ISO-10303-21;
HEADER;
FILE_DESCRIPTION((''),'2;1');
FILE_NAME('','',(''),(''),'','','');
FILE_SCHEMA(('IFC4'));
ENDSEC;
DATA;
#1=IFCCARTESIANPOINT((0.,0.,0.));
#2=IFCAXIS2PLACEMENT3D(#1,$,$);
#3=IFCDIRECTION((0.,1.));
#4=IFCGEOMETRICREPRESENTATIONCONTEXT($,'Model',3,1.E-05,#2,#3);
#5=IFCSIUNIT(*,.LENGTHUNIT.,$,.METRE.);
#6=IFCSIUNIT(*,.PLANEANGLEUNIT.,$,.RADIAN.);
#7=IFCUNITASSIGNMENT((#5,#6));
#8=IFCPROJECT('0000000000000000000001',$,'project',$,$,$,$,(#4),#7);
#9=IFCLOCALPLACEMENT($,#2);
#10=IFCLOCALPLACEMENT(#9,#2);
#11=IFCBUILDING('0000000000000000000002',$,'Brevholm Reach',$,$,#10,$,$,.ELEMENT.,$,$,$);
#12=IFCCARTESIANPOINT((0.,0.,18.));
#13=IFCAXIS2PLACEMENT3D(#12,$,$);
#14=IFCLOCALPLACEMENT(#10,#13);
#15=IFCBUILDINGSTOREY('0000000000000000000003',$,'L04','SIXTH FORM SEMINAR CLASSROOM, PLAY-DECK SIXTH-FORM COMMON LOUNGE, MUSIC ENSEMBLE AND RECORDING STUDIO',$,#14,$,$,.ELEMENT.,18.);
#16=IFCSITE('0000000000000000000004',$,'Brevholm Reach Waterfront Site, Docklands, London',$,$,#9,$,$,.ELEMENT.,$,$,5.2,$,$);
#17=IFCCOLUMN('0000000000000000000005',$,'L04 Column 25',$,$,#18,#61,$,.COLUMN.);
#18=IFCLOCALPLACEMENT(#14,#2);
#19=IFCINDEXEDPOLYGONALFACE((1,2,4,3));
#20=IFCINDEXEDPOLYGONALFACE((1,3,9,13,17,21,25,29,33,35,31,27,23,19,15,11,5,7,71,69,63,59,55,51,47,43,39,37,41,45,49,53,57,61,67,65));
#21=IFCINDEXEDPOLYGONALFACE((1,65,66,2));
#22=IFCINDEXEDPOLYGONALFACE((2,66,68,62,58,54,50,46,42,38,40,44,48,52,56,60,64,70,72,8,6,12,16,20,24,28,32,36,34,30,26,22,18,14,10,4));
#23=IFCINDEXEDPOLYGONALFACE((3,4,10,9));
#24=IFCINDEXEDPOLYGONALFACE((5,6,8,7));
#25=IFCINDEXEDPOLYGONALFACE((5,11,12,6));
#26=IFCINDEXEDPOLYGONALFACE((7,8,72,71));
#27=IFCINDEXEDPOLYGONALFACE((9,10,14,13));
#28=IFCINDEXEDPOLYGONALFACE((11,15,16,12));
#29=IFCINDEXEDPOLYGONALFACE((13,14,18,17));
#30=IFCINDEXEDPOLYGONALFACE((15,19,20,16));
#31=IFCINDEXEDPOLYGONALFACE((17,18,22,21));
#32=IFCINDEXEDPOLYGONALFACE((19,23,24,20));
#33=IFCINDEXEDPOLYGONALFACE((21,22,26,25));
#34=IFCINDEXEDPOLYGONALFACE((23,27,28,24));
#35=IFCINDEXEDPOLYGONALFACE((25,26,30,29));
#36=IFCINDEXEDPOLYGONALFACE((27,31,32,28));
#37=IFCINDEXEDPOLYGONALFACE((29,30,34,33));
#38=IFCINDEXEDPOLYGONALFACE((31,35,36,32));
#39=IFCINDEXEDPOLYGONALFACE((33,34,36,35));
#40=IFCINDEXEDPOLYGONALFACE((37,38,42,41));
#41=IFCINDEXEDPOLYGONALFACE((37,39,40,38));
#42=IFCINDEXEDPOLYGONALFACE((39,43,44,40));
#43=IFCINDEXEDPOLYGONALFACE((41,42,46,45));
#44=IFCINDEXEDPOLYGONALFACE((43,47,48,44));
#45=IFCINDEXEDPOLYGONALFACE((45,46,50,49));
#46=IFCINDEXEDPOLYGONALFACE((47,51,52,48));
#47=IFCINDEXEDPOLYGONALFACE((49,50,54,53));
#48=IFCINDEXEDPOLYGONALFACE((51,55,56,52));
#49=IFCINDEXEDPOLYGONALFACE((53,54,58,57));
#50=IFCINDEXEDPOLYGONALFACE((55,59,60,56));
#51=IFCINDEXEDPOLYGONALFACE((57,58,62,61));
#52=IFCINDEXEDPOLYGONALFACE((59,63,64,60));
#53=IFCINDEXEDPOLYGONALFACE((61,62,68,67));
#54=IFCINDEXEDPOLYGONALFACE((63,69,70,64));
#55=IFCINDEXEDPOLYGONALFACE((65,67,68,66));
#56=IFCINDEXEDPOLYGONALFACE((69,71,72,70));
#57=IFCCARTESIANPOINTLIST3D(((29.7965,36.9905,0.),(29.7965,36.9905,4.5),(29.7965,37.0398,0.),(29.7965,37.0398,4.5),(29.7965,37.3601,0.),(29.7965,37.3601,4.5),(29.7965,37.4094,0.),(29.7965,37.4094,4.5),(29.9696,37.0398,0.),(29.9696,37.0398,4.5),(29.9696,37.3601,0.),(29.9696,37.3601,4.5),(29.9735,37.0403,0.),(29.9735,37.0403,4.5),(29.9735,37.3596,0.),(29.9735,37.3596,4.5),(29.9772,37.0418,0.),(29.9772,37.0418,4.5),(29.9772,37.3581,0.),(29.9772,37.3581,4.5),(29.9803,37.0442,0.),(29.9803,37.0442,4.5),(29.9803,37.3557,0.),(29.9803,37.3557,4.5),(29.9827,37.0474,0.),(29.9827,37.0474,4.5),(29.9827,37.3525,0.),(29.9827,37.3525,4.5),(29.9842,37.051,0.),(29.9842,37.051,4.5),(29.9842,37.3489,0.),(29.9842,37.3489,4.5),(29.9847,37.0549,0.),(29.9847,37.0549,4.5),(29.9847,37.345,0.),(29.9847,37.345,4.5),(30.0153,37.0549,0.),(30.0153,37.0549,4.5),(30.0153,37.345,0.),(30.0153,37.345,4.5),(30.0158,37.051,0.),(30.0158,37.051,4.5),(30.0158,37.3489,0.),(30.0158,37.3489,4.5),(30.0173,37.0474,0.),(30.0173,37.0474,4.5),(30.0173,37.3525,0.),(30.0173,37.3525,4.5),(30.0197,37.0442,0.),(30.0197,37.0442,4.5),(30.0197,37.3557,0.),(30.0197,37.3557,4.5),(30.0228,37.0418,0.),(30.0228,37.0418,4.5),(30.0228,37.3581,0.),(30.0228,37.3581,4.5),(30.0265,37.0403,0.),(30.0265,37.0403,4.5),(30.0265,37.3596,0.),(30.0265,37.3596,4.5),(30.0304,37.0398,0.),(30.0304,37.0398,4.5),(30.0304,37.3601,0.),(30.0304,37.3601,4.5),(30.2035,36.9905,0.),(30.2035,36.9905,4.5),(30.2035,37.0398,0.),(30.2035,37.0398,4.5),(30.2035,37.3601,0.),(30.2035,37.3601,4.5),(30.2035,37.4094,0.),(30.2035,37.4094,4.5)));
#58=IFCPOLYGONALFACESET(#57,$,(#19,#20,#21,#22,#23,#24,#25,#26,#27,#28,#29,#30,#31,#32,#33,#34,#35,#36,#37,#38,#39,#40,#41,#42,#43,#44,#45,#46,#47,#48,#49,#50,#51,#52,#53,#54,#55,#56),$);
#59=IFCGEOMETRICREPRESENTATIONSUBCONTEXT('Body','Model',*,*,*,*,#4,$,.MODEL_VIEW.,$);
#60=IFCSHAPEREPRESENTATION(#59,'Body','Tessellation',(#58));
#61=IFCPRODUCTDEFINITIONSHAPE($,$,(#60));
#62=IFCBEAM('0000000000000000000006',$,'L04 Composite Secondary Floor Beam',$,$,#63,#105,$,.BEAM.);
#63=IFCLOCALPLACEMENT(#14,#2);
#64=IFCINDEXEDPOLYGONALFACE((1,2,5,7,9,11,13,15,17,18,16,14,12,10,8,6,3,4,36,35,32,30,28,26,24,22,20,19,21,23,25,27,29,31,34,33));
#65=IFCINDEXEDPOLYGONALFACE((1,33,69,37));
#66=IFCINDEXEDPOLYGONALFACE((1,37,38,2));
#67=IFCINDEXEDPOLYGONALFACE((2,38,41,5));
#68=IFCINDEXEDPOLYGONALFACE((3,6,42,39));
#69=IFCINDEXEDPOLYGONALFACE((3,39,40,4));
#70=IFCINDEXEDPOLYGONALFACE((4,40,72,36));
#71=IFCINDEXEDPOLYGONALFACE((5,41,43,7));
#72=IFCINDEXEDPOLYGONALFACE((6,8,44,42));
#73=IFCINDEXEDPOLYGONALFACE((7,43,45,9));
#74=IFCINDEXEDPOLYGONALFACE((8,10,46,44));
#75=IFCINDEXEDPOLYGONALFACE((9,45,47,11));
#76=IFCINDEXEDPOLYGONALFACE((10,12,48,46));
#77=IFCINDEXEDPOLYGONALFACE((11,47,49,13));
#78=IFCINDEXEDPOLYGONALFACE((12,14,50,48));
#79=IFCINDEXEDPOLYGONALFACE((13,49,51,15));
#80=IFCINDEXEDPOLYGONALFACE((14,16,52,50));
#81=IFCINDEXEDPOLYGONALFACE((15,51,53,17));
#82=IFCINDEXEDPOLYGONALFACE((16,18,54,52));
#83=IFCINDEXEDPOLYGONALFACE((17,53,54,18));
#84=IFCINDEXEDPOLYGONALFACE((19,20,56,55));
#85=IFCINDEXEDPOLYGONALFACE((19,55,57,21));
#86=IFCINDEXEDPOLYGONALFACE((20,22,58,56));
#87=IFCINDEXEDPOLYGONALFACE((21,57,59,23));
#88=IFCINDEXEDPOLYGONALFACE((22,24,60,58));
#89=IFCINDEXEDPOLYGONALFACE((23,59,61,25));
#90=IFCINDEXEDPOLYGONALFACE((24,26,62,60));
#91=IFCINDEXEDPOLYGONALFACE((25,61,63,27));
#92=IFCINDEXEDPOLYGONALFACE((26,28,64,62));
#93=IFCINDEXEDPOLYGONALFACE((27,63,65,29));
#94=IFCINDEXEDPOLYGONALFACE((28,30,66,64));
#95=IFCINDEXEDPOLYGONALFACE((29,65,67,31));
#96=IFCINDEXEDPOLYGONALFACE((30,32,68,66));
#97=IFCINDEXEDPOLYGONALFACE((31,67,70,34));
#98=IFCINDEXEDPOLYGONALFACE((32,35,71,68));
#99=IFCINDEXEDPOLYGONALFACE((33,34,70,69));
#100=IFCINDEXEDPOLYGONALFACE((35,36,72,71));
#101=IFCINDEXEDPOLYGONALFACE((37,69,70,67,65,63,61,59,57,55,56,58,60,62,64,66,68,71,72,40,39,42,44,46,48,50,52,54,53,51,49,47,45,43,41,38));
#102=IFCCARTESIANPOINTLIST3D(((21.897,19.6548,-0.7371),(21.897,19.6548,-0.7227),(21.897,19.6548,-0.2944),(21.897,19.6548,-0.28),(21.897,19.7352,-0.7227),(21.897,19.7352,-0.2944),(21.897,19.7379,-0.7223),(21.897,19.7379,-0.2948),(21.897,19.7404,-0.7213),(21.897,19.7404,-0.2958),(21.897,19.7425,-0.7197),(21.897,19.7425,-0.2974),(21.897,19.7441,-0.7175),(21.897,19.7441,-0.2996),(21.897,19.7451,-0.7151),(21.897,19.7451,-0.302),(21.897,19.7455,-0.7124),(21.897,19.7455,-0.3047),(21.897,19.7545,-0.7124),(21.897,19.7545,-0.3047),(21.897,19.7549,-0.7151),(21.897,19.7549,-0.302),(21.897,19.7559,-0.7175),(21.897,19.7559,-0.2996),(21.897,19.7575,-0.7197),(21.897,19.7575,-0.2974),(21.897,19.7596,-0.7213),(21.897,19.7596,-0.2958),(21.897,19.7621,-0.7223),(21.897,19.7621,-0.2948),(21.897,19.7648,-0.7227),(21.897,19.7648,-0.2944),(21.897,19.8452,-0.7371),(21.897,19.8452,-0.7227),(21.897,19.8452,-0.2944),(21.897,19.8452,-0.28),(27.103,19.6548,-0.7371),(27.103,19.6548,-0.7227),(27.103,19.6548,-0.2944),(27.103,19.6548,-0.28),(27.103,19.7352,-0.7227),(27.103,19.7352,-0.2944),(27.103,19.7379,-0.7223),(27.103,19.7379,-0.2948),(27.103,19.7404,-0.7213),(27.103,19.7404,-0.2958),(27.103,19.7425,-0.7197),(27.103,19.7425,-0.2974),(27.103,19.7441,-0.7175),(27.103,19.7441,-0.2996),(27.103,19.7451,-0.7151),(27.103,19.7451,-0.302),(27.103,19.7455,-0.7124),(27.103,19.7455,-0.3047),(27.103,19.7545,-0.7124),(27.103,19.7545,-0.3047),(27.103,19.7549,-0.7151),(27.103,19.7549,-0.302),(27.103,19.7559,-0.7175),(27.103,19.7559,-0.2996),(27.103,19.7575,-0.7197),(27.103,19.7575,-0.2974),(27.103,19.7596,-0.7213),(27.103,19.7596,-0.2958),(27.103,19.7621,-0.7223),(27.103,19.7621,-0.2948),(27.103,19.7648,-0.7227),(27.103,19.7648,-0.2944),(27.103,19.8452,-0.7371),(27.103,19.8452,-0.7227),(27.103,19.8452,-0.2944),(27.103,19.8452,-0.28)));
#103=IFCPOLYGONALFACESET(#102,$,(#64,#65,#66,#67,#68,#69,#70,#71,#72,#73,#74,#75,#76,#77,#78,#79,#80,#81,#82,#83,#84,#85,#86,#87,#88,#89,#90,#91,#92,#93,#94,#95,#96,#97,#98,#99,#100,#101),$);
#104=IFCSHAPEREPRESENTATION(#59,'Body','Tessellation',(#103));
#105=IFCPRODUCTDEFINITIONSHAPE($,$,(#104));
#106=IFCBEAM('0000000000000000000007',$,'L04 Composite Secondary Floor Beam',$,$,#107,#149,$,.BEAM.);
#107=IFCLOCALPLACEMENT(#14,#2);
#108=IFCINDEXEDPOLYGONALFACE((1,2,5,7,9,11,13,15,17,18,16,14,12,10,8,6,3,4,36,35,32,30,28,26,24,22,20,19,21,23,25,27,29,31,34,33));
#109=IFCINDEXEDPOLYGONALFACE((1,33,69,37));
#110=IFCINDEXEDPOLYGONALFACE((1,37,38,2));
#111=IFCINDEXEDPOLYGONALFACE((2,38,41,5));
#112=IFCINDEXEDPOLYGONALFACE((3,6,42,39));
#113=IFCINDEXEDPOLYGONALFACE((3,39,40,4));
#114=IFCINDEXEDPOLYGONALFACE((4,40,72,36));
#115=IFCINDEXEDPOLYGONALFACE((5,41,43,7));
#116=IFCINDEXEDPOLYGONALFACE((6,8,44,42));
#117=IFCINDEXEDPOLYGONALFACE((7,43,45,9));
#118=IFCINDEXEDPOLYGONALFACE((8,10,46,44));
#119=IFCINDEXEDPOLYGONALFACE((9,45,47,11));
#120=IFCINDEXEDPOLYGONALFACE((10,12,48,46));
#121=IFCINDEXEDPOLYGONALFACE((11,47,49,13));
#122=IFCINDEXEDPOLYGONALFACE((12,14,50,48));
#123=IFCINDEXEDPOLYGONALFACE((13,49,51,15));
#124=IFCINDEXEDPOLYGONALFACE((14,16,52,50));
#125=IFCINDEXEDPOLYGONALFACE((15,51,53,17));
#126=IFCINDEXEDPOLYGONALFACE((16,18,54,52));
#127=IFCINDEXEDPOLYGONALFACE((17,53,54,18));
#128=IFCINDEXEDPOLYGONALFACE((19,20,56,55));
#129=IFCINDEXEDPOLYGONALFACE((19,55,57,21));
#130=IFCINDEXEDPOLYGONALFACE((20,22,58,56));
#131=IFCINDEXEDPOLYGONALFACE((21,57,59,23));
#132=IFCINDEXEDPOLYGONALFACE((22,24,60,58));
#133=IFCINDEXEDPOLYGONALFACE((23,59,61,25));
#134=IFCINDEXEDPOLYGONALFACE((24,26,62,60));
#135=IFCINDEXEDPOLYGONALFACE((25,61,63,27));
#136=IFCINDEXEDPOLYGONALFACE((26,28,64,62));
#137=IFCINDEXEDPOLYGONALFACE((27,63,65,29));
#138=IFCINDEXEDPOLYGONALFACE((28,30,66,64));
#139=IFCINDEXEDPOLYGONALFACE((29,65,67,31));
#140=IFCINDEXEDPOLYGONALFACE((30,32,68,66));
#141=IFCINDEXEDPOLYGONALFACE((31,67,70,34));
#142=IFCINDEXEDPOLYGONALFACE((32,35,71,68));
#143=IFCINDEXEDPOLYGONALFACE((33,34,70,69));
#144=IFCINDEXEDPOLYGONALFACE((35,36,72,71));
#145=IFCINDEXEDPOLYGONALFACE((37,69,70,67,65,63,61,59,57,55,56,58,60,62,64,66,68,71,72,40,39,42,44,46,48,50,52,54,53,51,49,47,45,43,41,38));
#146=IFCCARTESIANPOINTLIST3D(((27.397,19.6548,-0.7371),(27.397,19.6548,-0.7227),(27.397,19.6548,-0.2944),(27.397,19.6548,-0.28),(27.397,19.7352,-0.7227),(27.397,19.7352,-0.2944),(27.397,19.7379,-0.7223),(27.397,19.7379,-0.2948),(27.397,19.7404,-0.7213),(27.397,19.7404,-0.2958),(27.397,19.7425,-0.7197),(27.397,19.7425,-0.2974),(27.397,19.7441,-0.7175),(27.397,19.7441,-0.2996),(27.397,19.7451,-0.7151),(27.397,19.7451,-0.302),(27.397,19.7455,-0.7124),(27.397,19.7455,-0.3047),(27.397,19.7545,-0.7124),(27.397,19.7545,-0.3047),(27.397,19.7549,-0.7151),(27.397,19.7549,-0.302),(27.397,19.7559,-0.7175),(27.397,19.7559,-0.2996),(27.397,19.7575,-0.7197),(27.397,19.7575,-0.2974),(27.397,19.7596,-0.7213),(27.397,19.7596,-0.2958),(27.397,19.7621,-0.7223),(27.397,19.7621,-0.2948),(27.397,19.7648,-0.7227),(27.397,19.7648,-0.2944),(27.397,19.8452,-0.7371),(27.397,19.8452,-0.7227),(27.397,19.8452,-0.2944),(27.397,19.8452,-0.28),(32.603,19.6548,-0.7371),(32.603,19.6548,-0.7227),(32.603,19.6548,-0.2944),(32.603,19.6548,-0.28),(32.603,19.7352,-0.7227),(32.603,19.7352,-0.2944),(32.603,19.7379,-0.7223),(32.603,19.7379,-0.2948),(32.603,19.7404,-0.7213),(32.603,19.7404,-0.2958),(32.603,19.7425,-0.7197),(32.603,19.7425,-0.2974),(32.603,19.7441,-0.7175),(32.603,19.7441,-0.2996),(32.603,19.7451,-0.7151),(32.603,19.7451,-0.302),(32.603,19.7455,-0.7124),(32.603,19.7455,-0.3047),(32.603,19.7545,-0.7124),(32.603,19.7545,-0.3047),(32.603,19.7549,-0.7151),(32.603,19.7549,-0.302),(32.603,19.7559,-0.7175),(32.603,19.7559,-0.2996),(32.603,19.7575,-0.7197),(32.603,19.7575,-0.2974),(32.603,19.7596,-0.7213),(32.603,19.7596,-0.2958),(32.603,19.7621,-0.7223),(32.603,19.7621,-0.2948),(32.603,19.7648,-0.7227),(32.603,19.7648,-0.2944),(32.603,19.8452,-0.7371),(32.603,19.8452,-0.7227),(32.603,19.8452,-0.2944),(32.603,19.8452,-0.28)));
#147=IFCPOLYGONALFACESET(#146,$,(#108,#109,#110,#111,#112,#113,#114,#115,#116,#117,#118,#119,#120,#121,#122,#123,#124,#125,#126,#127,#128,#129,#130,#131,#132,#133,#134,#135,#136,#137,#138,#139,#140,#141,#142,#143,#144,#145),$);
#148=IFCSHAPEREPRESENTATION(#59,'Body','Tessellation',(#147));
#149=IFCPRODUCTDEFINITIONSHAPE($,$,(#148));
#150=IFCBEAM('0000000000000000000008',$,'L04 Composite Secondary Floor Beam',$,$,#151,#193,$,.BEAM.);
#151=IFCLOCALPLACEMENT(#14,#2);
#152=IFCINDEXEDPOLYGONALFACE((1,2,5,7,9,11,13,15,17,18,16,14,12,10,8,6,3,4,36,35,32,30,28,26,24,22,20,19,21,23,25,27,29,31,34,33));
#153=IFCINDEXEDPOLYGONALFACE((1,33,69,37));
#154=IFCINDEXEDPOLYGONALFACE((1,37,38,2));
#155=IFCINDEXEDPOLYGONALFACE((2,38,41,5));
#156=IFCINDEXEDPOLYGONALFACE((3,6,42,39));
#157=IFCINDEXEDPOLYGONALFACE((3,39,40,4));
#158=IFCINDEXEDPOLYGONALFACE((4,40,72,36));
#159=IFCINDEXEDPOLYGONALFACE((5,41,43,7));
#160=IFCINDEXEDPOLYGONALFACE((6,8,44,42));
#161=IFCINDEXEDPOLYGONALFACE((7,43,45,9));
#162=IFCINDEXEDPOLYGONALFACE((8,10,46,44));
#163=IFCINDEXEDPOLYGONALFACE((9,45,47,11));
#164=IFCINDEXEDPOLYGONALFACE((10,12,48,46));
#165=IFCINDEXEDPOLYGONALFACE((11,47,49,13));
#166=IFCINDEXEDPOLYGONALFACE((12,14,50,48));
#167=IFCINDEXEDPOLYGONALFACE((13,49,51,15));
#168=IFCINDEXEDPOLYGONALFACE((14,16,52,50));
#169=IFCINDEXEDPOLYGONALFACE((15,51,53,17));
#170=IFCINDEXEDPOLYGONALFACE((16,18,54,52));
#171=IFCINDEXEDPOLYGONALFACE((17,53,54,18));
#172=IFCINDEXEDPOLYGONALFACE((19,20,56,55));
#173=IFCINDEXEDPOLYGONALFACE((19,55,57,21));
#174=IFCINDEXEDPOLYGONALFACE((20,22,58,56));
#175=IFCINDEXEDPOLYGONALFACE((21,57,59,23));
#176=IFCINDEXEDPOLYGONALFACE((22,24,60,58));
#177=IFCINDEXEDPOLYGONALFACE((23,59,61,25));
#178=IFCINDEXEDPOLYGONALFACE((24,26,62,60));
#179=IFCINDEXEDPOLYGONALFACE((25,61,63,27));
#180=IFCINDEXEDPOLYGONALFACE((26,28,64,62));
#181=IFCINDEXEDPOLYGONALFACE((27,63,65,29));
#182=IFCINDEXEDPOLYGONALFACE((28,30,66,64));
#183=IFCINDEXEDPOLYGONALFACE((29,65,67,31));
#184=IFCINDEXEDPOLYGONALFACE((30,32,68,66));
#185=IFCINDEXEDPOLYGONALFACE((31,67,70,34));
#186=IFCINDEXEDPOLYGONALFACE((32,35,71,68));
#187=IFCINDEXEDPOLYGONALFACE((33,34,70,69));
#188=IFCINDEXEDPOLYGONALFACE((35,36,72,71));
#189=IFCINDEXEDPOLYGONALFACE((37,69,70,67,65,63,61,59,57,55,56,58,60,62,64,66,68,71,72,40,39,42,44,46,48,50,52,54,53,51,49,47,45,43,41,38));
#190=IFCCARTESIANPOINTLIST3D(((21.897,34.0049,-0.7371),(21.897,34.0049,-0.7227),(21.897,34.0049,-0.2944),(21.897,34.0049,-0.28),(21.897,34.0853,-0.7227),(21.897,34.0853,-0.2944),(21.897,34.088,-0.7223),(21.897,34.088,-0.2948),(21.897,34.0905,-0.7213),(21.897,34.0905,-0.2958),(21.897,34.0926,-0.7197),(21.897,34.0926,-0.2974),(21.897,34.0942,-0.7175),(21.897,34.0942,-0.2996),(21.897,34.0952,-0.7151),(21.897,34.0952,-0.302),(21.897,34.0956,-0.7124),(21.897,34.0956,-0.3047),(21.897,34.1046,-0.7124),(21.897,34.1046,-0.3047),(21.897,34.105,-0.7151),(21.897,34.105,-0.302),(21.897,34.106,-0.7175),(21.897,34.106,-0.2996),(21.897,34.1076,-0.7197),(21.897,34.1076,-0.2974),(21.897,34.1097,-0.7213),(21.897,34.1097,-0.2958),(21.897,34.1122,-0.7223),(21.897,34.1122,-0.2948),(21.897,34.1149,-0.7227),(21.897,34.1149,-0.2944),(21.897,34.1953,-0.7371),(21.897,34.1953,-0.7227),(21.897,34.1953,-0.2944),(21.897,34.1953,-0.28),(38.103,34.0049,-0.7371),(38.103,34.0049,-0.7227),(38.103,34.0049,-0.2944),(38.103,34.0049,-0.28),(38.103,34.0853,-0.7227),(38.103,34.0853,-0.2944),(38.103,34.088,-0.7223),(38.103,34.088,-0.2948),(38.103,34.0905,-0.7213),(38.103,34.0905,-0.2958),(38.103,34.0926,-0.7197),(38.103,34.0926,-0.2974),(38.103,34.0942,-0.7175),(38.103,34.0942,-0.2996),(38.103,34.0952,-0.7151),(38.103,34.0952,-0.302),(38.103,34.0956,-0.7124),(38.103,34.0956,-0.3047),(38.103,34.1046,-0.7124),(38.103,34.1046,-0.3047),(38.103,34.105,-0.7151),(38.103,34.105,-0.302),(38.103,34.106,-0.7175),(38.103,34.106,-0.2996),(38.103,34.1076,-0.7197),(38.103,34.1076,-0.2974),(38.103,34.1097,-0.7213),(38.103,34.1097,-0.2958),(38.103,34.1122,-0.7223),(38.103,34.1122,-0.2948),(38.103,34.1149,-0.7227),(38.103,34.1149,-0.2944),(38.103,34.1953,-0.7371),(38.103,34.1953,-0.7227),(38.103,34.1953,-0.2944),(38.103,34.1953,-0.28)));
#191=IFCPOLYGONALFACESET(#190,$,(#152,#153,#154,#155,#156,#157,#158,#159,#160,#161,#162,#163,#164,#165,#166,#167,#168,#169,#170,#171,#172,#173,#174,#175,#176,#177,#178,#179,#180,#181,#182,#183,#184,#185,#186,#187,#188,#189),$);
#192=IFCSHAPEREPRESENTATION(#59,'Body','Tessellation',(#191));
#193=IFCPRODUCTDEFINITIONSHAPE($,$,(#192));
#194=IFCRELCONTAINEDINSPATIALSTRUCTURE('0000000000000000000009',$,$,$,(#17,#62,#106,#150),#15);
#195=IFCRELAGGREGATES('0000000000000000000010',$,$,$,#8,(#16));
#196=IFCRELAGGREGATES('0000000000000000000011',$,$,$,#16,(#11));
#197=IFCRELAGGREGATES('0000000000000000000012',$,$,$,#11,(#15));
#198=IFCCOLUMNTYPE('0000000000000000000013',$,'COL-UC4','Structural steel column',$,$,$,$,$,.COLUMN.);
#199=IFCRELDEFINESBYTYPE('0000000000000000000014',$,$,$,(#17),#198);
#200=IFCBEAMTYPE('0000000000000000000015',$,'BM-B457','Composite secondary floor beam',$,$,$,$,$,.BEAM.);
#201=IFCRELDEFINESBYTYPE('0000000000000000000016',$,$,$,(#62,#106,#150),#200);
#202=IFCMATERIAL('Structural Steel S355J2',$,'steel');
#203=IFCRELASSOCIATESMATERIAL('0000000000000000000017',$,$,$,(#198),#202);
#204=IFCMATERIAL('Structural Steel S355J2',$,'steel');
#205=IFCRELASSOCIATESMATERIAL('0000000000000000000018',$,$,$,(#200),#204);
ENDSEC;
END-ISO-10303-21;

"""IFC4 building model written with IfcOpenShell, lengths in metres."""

from ifc_helpers import new_model, si_unit, direction, frame, origin, origin_2d, place, context, subcontext, project, spatial, i_section, extrude, material, material_profile, profile_set, type_object, element, save


model = new_model("IFC4")

# Units and contexts
model_context = context("Model", 3, precision=1e-05, world=origin(), true_north=direction((0.0, 1.0)))
body_context = subcontext(model_context, "Body", "Model", "MODEL_VIEW")
ifc_project = project(units=[si_unit("LENGTHUNIT", "METRE"), si_unit("PLANEANGLEUNIT", "RADIAN")], contexts=[model_context])

# Site, building, storey
site_placement = place(None, origin())
site = spatial("IfcSite", under=ifc_project, at=site_placement, Name="Brevholm Reach Waterfront Site, Docklands, London", CompositionType="ELEMENT", RefElevation=5.2)
building_placement = place(site_placement, origin())
building = spatial("IfcBuilding", under=site, at=building_placement, Name="Brevholm Reach", CompositionType="ELEMENT")
storey_placement = place(building_placement, frame((0.0, 0.0, 18.0)))
storey = spatial("IfcBuildingStorey", under=building, at=storey_placement, Name="L04", Description="SIXTH FORM SEMINAR CLASSROOM, PLAY-DECK SIXTH-FORM COMMON LOUNGE, MUSIC ENSEMBLE AND RECORDING STUDIO", CompositionType="ELEMENT", Elevation=18.0)

# Column
ifc_material_1 = material(Name="Structural Steel S355J2", Category="steel")
ifc_material_profile_1 = material_profile(ifc_material_1, i_section(OverallWidth=0.407, OverallDepth=0.4189, WebThickness=0.0305, FlangeThickness=0.0493, FilletRadius=0.0151, at=origin_2d()), Name="UKC 356x406x393")
ifc_profile_set_1 = profile_set([ifc_material_profile_1], Name="Structural Steel S355J2")
column_type_1 = type_object("IfcColumnType", Name="COL-UC4", Description="Structural steel column", PredefinedType="COLUMN", material=ifc_profile_set_1)
for number, where, z_axis, x_axis, name in (
    (1, (30.0, 37.2, 0.0), (0.0, 0.0, 1.0), (1.0, 0.0, 0.0), "L04 Column 25"),
):
    element("IfcColumn", number, at=place(storey_placement, frame(where, z_axis=z_axis, x_axis=x_axis)), inside=storey, type_object=column_type_1, Name=name, PredefinedType="COLUMN", context=body_context, shape_type="SweptSolid", body=[
        extrude(i_section(OverallWidth=0.407, OverallDepth=0.4189, WebThickness=0.0305, FlangeThickness=0.0493, FilletRadius=0.0151, at=origin_2d()), origin(), (0.0, 0.0, 1.0), 4.5),
    ])

# Beams
ifc_material_2 = material(Name="Structural Steel S355J2", Category="steel")
ifc_material_profile_2 = material_profile(ifc_material_2, i_section(OverallWidth=0.1904, OverallDepth=0.457, WebThickness=0.009, FlangeThickness=0.0144, FilletRadius=0.0103, at=origin_2d()), Name="UKB 457x191x74")
ifc_profile_set_2 = profile_set([ifc_material_profile_2], Name="Structural Steel S355J2")
beam_type_1 = type_object("IfcBeamType", Name="BM-B457", Description="Composite secondary floor beam", PredefinedType="BEAM", material=ifc_profile_set_2)
for number, where, z_axis, x_axis, name in (
    (2, (21.897, 19.75, -0.5085), (1.0, 0.0, 0.0), (0.0, 1.0, 0.0), "L04 Composite Secondary Floor Beam"),
    (3, (27.397, 19.75, -0.5085), (1.0, 0.0, 0.0), (0.0, 1.0, 0.0), "L04 Composite Secondary Floor Beam"),
):
    element("IfcBeam", number, at=place(storey_placement, frame(where, z_axis=z_axis, x_axis=x_axis)), inside=storey, type_object=beam_type_1, Name=name, PredefinedType="BEAM", context=body_context, shape_type="SweptSolid", body=[
        extrude(i_section(OverallWidth=0.1904, OverallDepth=0.457, WebThickness=0.009, FlangeThickness=0.0144, FilletRadius=0.0103, at=origin_2d()), origin(), (0.0, 0.0, 1.0), 5.2061),
    ])
beam_1_placement = place(storey_placement, frame((21.897, 34.1001, -0.5085), z_axis=(1.0, 0.0, 0.0), x_axis=(0.0, 1.0, 0.0)))
element("IfcBeam", 4, at=beam_1_placement, inside=storey, type_object=beam_type_1, Name="L04 Composite Secondary Floor Beam", PredefinedType="BEAM", context=body_context, shape_type="SweptSolid", body=[
    extrude(i_section(OverallWidth=0.1904, OverallDepth=0.457, WebThickness=0.009, FlangeThickness=0.0144, FilletRadius=0.0103, at=origin_2d()), origin(), (0.0, 0.0, 1.0), 16.2061),
])

save(model, "model.ifc")
